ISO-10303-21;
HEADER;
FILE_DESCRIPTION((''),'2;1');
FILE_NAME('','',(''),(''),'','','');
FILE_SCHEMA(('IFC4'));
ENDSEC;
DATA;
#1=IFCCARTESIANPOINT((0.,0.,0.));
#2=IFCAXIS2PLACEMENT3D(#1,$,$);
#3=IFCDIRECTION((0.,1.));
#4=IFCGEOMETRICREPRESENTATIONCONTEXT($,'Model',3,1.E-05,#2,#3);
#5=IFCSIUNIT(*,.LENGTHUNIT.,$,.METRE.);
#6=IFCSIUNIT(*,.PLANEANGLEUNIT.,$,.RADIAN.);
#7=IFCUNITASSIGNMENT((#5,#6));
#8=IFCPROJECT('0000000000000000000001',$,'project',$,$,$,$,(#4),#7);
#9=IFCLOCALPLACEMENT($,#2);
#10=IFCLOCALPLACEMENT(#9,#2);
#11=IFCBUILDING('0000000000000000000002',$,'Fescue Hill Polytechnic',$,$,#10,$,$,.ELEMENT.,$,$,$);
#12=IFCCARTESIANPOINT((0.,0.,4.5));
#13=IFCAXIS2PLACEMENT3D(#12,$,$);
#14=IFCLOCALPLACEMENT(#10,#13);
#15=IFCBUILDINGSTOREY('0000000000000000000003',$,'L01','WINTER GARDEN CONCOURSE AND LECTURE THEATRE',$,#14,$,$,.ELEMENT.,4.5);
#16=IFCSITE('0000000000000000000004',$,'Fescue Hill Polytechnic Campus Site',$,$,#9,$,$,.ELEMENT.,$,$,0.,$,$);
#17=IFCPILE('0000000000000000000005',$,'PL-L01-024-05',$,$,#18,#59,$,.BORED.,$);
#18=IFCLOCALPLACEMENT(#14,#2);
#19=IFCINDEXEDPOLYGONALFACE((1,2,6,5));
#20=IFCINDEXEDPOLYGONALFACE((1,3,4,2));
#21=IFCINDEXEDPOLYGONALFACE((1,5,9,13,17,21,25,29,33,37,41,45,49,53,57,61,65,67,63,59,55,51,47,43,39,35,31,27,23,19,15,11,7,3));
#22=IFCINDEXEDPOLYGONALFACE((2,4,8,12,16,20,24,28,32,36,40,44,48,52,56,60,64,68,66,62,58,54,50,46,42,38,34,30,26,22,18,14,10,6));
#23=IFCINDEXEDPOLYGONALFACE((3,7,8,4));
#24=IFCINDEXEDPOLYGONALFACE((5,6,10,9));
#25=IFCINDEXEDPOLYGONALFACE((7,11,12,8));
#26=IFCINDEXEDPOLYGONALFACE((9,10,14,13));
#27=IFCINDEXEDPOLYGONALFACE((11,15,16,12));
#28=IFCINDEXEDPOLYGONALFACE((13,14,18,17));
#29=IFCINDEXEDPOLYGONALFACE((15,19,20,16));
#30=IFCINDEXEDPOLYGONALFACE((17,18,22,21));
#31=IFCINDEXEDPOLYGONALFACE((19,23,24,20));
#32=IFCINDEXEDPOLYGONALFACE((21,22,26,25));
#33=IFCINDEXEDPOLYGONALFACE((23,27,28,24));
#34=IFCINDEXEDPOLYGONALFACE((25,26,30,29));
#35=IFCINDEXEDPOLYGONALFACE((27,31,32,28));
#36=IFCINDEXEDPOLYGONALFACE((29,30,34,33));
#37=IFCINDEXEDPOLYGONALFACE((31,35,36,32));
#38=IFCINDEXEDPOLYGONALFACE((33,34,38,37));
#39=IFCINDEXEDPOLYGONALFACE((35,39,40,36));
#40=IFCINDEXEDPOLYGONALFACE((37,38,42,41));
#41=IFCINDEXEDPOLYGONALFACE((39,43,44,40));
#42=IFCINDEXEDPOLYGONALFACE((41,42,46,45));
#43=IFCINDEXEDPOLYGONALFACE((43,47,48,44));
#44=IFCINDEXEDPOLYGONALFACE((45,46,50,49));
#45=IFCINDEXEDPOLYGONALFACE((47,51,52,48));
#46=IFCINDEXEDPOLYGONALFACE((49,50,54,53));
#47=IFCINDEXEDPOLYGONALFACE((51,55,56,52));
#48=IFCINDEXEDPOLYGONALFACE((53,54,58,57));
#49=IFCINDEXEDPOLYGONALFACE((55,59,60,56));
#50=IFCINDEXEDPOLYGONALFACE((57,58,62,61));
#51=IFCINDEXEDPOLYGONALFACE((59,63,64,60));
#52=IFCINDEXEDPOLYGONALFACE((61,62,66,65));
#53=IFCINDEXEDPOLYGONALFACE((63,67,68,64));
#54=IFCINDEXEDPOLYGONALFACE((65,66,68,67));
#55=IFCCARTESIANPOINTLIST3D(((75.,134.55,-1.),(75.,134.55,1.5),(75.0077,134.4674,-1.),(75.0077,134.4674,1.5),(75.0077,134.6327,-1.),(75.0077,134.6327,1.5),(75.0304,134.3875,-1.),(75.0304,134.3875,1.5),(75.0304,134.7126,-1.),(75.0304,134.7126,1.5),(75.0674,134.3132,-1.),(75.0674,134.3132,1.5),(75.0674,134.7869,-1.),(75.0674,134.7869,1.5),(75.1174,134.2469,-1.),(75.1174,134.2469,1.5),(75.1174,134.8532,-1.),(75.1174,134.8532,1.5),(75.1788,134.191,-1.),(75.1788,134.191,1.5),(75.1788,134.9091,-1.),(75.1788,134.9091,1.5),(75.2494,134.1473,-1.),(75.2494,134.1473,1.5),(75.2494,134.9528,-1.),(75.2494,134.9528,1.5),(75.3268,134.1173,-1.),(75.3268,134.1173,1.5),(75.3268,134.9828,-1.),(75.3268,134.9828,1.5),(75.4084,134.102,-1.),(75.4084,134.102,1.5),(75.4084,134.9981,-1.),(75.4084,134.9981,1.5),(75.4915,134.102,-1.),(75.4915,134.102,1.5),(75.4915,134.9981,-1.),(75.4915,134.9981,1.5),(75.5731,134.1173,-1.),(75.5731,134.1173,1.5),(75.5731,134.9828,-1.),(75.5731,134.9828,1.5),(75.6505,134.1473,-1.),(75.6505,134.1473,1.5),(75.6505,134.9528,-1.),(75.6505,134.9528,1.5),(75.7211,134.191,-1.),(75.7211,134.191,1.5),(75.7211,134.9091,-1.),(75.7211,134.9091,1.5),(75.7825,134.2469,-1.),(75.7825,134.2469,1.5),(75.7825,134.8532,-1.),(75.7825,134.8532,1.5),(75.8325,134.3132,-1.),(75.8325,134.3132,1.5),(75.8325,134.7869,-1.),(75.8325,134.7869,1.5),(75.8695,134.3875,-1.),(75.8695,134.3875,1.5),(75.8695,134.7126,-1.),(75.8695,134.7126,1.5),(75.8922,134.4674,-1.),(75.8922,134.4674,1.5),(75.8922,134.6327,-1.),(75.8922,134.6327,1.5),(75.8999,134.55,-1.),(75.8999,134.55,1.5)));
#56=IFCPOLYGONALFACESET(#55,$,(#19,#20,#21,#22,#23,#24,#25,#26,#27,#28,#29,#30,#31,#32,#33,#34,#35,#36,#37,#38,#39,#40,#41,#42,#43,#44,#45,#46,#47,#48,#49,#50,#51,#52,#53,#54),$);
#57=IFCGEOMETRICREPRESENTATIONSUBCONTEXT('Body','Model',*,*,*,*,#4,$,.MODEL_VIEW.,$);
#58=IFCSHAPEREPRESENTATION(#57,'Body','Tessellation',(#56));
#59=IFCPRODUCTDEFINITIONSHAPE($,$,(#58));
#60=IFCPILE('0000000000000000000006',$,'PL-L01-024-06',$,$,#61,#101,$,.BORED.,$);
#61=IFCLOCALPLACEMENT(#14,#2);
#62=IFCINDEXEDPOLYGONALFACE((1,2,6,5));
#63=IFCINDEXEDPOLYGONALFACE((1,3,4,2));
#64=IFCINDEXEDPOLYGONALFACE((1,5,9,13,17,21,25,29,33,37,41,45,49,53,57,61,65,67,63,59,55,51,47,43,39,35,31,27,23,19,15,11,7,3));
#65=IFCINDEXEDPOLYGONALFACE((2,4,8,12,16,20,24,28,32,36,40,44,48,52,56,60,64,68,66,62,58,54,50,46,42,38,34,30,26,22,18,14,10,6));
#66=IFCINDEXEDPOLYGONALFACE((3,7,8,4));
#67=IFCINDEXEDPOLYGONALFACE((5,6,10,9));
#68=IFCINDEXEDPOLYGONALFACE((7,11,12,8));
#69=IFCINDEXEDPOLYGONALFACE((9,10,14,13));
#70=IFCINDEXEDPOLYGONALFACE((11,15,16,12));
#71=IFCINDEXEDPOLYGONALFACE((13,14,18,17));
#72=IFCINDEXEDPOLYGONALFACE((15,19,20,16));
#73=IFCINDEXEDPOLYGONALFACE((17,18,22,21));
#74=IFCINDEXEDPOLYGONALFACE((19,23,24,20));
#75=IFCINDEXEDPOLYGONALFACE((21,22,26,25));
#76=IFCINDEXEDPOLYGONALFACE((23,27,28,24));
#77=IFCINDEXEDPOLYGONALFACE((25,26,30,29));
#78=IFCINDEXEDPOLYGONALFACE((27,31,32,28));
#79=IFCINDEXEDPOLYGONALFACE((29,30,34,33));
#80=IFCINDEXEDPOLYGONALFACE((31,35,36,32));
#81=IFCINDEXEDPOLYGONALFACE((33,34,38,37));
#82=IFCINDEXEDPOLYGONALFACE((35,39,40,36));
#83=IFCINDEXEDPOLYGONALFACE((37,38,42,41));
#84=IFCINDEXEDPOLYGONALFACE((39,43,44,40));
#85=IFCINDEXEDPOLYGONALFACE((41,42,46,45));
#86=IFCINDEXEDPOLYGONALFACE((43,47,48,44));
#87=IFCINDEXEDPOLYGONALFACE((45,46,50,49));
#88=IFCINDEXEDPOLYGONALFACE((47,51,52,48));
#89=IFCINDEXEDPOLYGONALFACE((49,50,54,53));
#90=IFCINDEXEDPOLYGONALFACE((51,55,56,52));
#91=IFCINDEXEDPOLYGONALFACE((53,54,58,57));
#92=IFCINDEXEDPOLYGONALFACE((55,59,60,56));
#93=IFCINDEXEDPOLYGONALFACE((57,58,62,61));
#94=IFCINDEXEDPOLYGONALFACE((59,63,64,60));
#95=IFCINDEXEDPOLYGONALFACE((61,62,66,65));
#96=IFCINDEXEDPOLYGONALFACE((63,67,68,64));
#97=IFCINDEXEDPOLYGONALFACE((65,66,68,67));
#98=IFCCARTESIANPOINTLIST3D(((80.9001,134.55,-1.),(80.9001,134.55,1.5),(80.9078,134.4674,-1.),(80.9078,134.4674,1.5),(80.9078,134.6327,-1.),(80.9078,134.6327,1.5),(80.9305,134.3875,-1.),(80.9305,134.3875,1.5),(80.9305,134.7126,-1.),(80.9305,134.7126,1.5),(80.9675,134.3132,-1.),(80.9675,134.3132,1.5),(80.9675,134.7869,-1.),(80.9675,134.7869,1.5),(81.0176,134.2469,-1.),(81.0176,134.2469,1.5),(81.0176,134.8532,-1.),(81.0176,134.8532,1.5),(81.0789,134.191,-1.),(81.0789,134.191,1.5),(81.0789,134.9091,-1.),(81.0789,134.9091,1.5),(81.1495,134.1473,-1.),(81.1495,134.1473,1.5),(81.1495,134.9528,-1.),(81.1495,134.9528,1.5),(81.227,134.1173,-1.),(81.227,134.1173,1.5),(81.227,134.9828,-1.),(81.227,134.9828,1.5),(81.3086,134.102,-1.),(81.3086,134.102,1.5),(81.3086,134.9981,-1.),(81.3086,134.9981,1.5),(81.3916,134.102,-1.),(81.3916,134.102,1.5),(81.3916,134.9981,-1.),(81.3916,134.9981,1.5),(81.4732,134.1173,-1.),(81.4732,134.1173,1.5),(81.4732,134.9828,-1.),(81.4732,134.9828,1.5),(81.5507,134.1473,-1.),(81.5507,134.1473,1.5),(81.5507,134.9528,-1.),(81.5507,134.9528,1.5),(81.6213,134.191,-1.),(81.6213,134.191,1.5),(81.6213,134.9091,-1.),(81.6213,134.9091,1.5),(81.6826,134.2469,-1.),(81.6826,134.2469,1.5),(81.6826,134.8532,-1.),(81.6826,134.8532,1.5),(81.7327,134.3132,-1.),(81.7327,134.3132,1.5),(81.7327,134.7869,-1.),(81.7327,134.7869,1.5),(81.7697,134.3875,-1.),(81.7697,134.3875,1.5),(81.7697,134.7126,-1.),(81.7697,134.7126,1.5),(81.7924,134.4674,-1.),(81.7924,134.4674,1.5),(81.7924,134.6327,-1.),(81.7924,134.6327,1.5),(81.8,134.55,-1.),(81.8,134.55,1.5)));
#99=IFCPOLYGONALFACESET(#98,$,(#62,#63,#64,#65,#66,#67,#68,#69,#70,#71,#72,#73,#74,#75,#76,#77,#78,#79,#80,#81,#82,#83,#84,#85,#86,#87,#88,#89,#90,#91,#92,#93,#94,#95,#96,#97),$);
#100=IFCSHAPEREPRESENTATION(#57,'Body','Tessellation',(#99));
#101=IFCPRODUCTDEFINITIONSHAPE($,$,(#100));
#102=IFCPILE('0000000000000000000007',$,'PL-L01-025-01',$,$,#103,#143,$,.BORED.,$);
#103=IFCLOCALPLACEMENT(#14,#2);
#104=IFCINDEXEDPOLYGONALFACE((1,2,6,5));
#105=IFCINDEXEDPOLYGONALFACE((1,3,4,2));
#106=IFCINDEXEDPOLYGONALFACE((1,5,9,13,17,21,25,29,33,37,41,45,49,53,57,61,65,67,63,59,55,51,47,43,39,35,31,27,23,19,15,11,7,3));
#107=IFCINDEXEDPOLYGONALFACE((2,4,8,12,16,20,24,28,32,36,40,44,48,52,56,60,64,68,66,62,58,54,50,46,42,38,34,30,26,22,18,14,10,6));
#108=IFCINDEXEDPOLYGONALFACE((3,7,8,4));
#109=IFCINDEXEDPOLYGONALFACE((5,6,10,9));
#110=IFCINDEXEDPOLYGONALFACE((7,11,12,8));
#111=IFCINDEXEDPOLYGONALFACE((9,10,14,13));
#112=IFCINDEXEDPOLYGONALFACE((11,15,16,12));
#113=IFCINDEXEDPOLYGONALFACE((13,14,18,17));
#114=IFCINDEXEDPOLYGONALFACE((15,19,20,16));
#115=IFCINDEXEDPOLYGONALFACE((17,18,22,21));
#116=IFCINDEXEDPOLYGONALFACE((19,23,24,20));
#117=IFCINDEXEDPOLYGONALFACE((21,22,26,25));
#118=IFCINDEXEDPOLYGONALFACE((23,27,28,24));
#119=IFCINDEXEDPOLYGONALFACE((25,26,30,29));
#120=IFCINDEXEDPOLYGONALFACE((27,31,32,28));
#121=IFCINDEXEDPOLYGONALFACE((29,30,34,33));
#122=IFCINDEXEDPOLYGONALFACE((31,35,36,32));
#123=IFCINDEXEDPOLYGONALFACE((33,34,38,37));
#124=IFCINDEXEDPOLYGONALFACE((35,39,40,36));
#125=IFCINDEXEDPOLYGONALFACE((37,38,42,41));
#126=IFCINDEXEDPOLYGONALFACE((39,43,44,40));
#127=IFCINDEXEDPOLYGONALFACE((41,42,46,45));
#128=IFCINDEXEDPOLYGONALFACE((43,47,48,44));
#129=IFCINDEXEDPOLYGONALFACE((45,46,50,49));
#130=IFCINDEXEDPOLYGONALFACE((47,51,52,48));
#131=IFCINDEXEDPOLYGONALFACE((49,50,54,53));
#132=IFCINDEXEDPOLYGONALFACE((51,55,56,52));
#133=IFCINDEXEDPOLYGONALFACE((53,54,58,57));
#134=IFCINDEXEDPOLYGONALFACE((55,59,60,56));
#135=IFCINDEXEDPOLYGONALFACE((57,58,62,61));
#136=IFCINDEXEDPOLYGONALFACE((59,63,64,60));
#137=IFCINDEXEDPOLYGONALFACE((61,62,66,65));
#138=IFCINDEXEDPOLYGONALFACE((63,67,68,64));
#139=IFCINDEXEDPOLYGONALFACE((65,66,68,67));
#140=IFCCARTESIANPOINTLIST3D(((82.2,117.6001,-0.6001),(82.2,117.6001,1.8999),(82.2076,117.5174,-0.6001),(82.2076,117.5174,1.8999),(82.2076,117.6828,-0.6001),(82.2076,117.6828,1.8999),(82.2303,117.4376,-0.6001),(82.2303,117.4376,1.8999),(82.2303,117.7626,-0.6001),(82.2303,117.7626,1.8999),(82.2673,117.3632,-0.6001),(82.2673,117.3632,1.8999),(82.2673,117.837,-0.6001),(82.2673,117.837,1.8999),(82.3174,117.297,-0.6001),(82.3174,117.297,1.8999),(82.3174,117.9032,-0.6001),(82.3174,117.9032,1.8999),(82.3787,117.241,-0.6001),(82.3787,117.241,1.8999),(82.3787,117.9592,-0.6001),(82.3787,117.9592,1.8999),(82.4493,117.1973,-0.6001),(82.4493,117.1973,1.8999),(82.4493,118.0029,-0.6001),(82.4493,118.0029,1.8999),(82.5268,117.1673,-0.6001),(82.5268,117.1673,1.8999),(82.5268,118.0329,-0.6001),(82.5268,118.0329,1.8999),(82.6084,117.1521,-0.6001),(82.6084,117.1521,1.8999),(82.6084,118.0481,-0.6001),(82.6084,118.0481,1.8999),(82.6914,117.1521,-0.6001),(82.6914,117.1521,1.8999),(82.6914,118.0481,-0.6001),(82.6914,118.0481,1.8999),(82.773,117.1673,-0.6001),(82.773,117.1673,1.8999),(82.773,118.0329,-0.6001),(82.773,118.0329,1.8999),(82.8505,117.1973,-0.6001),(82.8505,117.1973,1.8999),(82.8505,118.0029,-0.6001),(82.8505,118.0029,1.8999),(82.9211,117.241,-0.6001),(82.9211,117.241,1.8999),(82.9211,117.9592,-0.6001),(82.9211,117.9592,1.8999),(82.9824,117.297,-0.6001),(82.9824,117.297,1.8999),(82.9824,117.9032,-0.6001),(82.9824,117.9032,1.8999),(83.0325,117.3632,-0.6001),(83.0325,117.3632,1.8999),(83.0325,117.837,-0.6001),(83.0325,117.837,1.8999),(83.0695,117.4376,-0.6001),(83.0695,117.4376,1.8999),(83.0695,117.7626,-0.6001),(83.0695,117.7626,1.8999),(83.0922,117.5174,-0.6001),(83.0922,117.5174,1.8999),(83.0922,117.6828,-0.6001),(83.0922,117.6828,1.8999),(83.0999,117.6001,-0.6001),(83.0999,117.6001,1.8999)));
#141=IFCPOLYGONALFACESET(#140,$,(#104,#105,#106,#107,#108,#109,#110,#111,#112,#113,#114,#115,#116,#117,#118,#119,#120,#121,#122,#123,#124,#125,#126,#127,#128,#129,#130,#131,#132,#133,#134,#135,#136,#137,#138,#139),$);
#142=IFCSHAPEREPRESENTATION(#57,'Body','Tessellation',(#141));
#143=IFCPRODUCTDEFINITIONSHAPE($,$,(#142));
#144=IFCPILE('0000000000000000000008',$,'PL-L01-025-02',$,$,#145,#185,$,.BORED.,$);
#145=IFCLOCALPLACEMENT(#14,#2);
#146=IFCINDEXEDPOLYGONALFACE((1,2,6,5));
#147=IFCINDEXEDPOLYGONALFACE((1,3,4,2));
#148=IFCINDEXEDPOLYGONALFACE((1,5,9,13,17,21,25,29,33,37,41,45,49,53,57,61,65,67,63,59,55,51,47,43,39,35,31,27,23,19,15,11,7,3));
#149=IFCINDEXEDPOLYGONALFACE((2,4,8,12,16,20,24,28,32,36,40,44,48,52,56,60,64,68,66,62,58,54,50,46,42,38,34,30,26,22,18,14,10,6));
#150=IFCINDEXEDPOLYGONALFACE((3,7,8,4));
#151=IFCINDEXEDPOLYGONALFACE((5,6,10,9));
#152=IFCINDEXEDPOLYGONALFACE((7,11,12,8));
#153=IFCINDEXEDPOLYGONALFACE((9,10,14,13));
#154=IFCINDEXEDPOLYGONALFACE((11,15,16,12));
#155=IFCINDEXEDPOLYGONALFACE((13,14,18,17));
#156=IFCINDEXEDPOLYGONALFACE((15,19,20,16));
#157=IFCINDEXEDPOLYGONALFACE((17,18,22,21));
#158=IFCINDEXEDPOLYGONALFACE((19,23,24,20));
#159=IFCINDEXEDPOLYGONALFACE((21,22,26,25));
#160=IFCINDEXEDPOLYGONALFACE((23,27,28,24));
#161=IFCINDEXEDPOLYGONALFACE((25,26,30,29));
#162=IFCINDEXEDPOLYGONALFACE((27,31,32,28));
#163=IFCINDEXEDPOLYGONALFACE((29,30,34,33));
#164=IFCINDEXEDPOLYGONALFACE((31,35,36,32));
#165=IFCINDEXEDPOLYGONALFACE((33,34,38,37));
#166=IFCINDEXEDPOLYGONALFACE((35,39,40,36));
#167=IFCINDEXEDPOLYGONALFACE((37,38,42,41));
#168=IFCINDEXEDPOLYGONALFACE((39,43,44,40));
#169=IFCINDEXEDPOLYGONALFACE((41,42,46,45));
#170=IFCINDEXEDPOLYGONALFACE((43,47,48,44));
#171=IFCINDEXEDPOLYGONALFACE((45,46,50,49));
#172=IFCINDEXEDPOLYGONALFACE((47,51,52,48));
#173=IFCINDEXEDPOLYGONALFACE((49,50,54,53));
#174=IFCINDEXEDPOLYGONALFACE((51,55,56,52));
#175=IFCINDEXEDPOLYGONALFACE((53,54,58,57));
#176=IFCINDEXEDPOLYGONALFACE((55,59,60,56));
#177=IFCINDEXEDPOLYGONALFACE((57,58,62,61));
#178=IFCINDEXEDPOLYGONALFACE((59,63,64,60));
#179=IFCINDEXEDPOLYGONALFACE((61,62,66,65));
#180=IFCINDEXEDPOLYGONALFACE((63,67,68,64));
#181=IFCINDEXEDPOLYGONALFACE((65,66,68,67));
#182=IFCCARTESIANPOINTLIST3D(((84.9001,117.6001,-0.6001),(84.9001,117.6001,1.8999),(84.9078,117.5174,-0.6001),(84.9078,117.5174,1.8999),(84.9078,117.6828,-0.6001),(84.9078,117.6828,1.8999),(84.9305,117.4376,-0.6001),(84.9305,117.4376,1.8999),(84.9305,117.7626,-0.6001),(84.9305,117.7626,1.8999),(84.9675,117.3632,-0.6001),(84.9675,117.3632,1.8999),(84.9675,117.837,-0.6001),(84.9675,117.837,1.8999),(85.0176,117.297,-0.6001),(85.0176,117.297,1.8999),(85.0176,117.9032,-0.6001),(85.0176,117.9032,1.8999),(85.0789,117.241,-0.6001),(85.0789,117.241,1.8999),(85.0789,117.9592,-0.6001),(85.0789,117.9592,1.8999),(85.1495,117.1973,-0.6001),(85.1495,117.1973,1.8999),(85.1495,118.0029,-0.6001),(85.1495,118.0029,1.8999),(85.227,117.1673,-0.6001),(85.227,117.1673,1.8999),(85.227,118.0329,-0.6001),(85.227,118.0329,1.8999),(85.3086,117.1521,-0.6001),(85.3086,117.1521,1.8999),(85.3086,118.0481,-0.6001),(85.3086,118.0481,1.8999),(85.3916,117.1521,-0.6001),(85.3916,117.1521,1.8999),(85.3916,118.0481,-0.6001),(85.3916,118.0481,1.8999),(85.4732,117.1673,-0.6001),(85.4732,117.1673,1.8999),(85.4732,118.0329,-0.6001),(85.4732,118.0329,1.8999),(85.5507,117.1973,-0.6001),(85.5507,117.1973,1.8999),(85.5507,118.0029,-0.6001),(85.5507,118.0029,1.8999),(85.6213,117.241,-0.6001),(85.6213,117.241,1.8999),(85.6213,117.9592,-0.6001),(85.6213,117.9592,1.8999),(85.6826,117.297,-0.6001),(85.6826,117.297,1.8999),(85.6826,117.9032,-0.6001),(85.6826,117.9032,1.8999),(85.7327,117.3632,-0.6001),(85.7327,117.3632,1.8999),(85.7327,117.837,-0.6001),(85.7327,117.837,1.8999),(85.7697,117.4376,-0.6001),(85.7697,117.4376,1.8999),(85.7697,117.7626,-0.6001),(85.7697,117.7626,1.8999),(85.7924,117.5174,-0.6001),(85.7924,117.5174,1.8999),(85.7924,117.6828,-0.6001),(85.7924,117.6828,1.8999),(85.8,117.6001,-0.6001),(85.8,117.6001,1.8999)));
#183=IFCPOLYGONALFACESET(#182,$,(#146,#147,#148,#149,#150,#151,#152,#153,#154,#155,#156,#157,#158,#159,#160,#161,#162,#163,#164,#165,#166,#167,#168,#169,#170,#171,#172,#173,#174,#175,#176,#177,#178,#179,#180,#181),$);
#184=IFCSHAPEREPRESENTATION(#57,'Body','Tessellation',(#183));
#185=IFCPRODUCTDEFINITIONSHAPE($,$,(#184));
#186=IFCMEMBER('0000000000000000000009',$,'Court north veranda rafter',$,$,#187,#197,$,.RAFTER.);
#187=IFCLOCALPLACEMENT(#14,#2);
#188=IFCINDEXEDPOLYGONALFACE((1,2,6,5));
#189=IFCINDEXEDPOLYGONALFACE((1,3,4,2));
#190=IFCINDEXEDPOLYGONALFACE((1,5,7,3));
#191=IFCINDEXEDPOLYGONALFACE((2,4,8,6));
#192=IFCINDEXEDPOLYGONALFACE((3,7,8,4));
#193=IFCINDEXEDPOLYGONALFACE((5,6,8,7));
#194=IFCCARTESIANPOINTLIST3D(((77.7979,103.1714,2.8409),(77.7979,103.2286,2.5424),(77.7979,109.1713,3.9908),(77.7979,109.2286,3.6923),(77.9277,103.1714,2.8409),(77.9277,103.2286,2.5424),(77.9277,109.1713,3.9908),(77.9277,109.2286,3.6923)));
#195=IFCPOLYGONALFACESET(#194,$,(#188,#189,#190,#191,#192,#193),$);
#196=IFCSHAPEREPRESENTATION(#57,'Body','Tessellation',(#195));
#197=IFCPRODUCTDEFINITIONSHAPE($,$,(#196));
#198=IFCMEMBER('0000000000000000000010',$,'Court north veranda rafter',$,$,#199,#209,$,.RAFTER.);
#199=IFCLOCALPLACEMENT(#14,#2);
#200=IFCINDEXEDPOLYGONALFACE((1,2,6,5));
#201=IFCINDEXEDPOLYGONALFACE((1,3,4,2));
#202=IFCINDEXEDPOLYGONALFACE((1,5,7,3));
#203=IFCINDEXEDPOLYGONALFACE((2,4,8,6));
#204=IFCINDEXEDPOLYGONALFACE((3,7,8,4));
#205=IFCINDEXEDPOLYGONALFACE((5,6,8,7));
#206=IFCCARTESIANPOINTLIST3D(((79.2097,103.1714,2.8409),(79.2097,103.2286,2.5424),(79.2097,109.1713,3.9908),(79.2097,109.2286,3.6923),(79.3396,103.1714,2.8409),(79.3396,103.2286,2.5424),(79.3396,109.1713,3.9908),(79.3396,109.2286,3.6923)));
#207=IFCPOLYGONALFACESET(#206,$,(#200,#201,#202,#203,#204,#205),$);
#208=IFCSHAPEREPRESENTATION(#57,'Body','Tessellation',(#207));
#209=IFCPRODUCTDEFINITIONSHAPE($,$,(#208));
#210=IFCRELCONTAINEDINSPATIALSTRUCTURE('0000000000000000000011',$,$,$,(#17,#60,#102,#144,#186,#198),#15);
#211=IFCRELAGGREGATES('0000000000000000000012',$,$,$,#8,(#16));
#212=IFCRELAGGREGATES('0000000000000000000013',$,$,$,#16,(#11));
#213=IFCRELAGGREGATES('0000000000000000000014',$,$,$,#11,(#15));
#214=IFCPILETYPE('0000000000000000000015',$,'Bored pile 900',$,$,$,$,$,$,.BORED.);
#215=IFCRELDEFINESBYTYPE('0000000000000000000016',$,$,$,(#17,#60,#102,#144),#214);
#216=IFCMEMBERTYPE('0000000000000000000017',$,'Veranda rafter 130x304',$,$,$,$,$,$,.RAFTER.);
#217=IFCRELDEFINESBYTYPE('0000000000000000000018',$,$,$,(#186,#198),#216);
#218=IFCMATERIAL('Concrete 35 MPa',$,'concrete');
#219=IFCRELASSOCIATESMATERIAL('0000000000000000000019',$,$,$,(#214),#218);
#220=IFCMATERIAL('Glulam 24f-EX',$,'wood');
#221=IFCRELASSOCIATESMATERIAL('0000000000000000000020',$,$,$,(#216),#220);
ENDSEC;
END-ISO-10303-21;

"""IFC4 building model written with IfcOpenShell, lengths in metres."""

from ifc_helpers import new_model, si_unit, direction, frame, origin, origin_2d, place, context, subcontext, project, spatial, rectangle, circle, extrude, material, material_profile, profile_set, type_object, element, save


model = new_model("IFC4")

# Units and contexts
model_context = context("Model", 3, precision=1e-05, world=origin(), true_north=direction((0.0, 1.0)))
body_context = subcontext(model_context, "Body", "Model", "MODEL_VIEW")
ifc_project = project(units=[si_unit("LENGTHUNIT", "METRE"), si_unit("PLANEANGLEUNIT", "RADIAN")], contexts=[model_context])

# Site, building, storey
site_placement = place(None, origin())
site = spatial("IfcSite", under=ifc_project, at=site_placement, Name="Fescue Hill Polytechnic Campus Site", CompositionType="ELEMENT", RefElevation=0.0)
building_placement = place(site_placement, origin())
building = spatial("IfcBuilding", under=site, at=building_placement, Name="Fescue Hill Polytechnic", CompositionType="ELEMENT")
storey_placement = place(building_placement, frame((0.0, 0.0, 4.5)))
storey = spatial("IfcBuildingStorey", under=building, at=storey_placement, Name="L01", Description="WINTER GARDEN CONCOURSE AND LECTURE THEATRE", CompositionType="ELEMENT", Elevation=4.5)

# Piles
ifc_material_1 = material(Name="Concrete 35 MPa", Category="concrete")
ifc_material_profile_1 = material_profile(ifc_material_1, circle(Radius=0.45, at=origin_2d()), Name="Bored pile 900")
ifc_profile_set_1 = profile_set([ifc_material_profile_1], Name="Concrete 35 MPa")
pile_type = type_object("IfcPileType", Name="Bored pile 900", PredefinedType="BORED", material=ifc_profile_set_1)
for number, where, z_axis, x_axis, name in (
    (1, (75.45, 134.55, 1.5), (0.0, 0.0, -1.0), (1.0, 0.0, 0.0), "PL-L01-024-05"),
    (2, (81.3501, 134.55, 1.5), (0.0, 0.0, -1.0), (1.0, 0.0, 0.0), "PL-L01-024-06"),
    (3, (82.6499, 117.6001, 1.8999), (0.0, 0.0, -1.0), (1.0, 0.0, 0.0), "PL-L01-025-01"),
    (4, (85.3501, 117.6001, 1.8999), (0.0, 0.0, -1.0), (1.0, 0.0, 0.0), "PL-L01-025-02"),
):
    element("IfcPile", number, at=place(storey_placement, frame(where, z_axis=z_axis, x_axis=x_axis)), inside=storey, type_object=pile_type, Name=name, PredefinedType="BORED", context=body_context, shape_type="SweptSolid", body=[
        extrude(circle(Radius=0.45, at=origin_2d()), origin(), (0.0, 0.0, 1.0), 2.5),
    ])

# Members
ifc_material_2 = material(Name="Glulam 24f-EX", Category="wood")
ifc_material_profile_2 = material_profile(ifc_material_2, rectangle(XDim=0.1299, YDim=0.304, at=origin_2d()), Name="Veranda rafter 130x304")
ifc_profile_set_2 = profile_set([ifc_material_profile_2], Name="Glulam 24f-EX")
member_type = type_object("IfcMemberType", Name="Veranda rafter 130x304", PredefinedType="RAFTER", material=ifc_profile_set_2)
for number, where, z_axis, x_axis, name in (
    (5, (77.8628, 109.2, 3.8416), (0.0, -0.982126, -0.188225), (1.0, 0.0, 0.0), "Court north veranda rafter"),
    (6, (79.2747, 109.2, 3.8416), (0.0, -0.982126, -0.188225), (1.0, 0.0, 0.0), "Court north veranda rafter"),
):
    element("IfcMember", number, at=place(storey_placement, frame(where, z_axis=z_axis, x_axis=x_axis)), inside=storey, type_object=member_type, Name=name, PredefinedType="RAFTER", context=body_context, shape_type="SweptSolid", body=[
        extrude(rectangle(XDim=0.1299, YDim=0.304, at=origin_2d()), origin(), (0.0, 0.0, 1.0), 6.1091),
    ])

save(model, "model.ifc")
